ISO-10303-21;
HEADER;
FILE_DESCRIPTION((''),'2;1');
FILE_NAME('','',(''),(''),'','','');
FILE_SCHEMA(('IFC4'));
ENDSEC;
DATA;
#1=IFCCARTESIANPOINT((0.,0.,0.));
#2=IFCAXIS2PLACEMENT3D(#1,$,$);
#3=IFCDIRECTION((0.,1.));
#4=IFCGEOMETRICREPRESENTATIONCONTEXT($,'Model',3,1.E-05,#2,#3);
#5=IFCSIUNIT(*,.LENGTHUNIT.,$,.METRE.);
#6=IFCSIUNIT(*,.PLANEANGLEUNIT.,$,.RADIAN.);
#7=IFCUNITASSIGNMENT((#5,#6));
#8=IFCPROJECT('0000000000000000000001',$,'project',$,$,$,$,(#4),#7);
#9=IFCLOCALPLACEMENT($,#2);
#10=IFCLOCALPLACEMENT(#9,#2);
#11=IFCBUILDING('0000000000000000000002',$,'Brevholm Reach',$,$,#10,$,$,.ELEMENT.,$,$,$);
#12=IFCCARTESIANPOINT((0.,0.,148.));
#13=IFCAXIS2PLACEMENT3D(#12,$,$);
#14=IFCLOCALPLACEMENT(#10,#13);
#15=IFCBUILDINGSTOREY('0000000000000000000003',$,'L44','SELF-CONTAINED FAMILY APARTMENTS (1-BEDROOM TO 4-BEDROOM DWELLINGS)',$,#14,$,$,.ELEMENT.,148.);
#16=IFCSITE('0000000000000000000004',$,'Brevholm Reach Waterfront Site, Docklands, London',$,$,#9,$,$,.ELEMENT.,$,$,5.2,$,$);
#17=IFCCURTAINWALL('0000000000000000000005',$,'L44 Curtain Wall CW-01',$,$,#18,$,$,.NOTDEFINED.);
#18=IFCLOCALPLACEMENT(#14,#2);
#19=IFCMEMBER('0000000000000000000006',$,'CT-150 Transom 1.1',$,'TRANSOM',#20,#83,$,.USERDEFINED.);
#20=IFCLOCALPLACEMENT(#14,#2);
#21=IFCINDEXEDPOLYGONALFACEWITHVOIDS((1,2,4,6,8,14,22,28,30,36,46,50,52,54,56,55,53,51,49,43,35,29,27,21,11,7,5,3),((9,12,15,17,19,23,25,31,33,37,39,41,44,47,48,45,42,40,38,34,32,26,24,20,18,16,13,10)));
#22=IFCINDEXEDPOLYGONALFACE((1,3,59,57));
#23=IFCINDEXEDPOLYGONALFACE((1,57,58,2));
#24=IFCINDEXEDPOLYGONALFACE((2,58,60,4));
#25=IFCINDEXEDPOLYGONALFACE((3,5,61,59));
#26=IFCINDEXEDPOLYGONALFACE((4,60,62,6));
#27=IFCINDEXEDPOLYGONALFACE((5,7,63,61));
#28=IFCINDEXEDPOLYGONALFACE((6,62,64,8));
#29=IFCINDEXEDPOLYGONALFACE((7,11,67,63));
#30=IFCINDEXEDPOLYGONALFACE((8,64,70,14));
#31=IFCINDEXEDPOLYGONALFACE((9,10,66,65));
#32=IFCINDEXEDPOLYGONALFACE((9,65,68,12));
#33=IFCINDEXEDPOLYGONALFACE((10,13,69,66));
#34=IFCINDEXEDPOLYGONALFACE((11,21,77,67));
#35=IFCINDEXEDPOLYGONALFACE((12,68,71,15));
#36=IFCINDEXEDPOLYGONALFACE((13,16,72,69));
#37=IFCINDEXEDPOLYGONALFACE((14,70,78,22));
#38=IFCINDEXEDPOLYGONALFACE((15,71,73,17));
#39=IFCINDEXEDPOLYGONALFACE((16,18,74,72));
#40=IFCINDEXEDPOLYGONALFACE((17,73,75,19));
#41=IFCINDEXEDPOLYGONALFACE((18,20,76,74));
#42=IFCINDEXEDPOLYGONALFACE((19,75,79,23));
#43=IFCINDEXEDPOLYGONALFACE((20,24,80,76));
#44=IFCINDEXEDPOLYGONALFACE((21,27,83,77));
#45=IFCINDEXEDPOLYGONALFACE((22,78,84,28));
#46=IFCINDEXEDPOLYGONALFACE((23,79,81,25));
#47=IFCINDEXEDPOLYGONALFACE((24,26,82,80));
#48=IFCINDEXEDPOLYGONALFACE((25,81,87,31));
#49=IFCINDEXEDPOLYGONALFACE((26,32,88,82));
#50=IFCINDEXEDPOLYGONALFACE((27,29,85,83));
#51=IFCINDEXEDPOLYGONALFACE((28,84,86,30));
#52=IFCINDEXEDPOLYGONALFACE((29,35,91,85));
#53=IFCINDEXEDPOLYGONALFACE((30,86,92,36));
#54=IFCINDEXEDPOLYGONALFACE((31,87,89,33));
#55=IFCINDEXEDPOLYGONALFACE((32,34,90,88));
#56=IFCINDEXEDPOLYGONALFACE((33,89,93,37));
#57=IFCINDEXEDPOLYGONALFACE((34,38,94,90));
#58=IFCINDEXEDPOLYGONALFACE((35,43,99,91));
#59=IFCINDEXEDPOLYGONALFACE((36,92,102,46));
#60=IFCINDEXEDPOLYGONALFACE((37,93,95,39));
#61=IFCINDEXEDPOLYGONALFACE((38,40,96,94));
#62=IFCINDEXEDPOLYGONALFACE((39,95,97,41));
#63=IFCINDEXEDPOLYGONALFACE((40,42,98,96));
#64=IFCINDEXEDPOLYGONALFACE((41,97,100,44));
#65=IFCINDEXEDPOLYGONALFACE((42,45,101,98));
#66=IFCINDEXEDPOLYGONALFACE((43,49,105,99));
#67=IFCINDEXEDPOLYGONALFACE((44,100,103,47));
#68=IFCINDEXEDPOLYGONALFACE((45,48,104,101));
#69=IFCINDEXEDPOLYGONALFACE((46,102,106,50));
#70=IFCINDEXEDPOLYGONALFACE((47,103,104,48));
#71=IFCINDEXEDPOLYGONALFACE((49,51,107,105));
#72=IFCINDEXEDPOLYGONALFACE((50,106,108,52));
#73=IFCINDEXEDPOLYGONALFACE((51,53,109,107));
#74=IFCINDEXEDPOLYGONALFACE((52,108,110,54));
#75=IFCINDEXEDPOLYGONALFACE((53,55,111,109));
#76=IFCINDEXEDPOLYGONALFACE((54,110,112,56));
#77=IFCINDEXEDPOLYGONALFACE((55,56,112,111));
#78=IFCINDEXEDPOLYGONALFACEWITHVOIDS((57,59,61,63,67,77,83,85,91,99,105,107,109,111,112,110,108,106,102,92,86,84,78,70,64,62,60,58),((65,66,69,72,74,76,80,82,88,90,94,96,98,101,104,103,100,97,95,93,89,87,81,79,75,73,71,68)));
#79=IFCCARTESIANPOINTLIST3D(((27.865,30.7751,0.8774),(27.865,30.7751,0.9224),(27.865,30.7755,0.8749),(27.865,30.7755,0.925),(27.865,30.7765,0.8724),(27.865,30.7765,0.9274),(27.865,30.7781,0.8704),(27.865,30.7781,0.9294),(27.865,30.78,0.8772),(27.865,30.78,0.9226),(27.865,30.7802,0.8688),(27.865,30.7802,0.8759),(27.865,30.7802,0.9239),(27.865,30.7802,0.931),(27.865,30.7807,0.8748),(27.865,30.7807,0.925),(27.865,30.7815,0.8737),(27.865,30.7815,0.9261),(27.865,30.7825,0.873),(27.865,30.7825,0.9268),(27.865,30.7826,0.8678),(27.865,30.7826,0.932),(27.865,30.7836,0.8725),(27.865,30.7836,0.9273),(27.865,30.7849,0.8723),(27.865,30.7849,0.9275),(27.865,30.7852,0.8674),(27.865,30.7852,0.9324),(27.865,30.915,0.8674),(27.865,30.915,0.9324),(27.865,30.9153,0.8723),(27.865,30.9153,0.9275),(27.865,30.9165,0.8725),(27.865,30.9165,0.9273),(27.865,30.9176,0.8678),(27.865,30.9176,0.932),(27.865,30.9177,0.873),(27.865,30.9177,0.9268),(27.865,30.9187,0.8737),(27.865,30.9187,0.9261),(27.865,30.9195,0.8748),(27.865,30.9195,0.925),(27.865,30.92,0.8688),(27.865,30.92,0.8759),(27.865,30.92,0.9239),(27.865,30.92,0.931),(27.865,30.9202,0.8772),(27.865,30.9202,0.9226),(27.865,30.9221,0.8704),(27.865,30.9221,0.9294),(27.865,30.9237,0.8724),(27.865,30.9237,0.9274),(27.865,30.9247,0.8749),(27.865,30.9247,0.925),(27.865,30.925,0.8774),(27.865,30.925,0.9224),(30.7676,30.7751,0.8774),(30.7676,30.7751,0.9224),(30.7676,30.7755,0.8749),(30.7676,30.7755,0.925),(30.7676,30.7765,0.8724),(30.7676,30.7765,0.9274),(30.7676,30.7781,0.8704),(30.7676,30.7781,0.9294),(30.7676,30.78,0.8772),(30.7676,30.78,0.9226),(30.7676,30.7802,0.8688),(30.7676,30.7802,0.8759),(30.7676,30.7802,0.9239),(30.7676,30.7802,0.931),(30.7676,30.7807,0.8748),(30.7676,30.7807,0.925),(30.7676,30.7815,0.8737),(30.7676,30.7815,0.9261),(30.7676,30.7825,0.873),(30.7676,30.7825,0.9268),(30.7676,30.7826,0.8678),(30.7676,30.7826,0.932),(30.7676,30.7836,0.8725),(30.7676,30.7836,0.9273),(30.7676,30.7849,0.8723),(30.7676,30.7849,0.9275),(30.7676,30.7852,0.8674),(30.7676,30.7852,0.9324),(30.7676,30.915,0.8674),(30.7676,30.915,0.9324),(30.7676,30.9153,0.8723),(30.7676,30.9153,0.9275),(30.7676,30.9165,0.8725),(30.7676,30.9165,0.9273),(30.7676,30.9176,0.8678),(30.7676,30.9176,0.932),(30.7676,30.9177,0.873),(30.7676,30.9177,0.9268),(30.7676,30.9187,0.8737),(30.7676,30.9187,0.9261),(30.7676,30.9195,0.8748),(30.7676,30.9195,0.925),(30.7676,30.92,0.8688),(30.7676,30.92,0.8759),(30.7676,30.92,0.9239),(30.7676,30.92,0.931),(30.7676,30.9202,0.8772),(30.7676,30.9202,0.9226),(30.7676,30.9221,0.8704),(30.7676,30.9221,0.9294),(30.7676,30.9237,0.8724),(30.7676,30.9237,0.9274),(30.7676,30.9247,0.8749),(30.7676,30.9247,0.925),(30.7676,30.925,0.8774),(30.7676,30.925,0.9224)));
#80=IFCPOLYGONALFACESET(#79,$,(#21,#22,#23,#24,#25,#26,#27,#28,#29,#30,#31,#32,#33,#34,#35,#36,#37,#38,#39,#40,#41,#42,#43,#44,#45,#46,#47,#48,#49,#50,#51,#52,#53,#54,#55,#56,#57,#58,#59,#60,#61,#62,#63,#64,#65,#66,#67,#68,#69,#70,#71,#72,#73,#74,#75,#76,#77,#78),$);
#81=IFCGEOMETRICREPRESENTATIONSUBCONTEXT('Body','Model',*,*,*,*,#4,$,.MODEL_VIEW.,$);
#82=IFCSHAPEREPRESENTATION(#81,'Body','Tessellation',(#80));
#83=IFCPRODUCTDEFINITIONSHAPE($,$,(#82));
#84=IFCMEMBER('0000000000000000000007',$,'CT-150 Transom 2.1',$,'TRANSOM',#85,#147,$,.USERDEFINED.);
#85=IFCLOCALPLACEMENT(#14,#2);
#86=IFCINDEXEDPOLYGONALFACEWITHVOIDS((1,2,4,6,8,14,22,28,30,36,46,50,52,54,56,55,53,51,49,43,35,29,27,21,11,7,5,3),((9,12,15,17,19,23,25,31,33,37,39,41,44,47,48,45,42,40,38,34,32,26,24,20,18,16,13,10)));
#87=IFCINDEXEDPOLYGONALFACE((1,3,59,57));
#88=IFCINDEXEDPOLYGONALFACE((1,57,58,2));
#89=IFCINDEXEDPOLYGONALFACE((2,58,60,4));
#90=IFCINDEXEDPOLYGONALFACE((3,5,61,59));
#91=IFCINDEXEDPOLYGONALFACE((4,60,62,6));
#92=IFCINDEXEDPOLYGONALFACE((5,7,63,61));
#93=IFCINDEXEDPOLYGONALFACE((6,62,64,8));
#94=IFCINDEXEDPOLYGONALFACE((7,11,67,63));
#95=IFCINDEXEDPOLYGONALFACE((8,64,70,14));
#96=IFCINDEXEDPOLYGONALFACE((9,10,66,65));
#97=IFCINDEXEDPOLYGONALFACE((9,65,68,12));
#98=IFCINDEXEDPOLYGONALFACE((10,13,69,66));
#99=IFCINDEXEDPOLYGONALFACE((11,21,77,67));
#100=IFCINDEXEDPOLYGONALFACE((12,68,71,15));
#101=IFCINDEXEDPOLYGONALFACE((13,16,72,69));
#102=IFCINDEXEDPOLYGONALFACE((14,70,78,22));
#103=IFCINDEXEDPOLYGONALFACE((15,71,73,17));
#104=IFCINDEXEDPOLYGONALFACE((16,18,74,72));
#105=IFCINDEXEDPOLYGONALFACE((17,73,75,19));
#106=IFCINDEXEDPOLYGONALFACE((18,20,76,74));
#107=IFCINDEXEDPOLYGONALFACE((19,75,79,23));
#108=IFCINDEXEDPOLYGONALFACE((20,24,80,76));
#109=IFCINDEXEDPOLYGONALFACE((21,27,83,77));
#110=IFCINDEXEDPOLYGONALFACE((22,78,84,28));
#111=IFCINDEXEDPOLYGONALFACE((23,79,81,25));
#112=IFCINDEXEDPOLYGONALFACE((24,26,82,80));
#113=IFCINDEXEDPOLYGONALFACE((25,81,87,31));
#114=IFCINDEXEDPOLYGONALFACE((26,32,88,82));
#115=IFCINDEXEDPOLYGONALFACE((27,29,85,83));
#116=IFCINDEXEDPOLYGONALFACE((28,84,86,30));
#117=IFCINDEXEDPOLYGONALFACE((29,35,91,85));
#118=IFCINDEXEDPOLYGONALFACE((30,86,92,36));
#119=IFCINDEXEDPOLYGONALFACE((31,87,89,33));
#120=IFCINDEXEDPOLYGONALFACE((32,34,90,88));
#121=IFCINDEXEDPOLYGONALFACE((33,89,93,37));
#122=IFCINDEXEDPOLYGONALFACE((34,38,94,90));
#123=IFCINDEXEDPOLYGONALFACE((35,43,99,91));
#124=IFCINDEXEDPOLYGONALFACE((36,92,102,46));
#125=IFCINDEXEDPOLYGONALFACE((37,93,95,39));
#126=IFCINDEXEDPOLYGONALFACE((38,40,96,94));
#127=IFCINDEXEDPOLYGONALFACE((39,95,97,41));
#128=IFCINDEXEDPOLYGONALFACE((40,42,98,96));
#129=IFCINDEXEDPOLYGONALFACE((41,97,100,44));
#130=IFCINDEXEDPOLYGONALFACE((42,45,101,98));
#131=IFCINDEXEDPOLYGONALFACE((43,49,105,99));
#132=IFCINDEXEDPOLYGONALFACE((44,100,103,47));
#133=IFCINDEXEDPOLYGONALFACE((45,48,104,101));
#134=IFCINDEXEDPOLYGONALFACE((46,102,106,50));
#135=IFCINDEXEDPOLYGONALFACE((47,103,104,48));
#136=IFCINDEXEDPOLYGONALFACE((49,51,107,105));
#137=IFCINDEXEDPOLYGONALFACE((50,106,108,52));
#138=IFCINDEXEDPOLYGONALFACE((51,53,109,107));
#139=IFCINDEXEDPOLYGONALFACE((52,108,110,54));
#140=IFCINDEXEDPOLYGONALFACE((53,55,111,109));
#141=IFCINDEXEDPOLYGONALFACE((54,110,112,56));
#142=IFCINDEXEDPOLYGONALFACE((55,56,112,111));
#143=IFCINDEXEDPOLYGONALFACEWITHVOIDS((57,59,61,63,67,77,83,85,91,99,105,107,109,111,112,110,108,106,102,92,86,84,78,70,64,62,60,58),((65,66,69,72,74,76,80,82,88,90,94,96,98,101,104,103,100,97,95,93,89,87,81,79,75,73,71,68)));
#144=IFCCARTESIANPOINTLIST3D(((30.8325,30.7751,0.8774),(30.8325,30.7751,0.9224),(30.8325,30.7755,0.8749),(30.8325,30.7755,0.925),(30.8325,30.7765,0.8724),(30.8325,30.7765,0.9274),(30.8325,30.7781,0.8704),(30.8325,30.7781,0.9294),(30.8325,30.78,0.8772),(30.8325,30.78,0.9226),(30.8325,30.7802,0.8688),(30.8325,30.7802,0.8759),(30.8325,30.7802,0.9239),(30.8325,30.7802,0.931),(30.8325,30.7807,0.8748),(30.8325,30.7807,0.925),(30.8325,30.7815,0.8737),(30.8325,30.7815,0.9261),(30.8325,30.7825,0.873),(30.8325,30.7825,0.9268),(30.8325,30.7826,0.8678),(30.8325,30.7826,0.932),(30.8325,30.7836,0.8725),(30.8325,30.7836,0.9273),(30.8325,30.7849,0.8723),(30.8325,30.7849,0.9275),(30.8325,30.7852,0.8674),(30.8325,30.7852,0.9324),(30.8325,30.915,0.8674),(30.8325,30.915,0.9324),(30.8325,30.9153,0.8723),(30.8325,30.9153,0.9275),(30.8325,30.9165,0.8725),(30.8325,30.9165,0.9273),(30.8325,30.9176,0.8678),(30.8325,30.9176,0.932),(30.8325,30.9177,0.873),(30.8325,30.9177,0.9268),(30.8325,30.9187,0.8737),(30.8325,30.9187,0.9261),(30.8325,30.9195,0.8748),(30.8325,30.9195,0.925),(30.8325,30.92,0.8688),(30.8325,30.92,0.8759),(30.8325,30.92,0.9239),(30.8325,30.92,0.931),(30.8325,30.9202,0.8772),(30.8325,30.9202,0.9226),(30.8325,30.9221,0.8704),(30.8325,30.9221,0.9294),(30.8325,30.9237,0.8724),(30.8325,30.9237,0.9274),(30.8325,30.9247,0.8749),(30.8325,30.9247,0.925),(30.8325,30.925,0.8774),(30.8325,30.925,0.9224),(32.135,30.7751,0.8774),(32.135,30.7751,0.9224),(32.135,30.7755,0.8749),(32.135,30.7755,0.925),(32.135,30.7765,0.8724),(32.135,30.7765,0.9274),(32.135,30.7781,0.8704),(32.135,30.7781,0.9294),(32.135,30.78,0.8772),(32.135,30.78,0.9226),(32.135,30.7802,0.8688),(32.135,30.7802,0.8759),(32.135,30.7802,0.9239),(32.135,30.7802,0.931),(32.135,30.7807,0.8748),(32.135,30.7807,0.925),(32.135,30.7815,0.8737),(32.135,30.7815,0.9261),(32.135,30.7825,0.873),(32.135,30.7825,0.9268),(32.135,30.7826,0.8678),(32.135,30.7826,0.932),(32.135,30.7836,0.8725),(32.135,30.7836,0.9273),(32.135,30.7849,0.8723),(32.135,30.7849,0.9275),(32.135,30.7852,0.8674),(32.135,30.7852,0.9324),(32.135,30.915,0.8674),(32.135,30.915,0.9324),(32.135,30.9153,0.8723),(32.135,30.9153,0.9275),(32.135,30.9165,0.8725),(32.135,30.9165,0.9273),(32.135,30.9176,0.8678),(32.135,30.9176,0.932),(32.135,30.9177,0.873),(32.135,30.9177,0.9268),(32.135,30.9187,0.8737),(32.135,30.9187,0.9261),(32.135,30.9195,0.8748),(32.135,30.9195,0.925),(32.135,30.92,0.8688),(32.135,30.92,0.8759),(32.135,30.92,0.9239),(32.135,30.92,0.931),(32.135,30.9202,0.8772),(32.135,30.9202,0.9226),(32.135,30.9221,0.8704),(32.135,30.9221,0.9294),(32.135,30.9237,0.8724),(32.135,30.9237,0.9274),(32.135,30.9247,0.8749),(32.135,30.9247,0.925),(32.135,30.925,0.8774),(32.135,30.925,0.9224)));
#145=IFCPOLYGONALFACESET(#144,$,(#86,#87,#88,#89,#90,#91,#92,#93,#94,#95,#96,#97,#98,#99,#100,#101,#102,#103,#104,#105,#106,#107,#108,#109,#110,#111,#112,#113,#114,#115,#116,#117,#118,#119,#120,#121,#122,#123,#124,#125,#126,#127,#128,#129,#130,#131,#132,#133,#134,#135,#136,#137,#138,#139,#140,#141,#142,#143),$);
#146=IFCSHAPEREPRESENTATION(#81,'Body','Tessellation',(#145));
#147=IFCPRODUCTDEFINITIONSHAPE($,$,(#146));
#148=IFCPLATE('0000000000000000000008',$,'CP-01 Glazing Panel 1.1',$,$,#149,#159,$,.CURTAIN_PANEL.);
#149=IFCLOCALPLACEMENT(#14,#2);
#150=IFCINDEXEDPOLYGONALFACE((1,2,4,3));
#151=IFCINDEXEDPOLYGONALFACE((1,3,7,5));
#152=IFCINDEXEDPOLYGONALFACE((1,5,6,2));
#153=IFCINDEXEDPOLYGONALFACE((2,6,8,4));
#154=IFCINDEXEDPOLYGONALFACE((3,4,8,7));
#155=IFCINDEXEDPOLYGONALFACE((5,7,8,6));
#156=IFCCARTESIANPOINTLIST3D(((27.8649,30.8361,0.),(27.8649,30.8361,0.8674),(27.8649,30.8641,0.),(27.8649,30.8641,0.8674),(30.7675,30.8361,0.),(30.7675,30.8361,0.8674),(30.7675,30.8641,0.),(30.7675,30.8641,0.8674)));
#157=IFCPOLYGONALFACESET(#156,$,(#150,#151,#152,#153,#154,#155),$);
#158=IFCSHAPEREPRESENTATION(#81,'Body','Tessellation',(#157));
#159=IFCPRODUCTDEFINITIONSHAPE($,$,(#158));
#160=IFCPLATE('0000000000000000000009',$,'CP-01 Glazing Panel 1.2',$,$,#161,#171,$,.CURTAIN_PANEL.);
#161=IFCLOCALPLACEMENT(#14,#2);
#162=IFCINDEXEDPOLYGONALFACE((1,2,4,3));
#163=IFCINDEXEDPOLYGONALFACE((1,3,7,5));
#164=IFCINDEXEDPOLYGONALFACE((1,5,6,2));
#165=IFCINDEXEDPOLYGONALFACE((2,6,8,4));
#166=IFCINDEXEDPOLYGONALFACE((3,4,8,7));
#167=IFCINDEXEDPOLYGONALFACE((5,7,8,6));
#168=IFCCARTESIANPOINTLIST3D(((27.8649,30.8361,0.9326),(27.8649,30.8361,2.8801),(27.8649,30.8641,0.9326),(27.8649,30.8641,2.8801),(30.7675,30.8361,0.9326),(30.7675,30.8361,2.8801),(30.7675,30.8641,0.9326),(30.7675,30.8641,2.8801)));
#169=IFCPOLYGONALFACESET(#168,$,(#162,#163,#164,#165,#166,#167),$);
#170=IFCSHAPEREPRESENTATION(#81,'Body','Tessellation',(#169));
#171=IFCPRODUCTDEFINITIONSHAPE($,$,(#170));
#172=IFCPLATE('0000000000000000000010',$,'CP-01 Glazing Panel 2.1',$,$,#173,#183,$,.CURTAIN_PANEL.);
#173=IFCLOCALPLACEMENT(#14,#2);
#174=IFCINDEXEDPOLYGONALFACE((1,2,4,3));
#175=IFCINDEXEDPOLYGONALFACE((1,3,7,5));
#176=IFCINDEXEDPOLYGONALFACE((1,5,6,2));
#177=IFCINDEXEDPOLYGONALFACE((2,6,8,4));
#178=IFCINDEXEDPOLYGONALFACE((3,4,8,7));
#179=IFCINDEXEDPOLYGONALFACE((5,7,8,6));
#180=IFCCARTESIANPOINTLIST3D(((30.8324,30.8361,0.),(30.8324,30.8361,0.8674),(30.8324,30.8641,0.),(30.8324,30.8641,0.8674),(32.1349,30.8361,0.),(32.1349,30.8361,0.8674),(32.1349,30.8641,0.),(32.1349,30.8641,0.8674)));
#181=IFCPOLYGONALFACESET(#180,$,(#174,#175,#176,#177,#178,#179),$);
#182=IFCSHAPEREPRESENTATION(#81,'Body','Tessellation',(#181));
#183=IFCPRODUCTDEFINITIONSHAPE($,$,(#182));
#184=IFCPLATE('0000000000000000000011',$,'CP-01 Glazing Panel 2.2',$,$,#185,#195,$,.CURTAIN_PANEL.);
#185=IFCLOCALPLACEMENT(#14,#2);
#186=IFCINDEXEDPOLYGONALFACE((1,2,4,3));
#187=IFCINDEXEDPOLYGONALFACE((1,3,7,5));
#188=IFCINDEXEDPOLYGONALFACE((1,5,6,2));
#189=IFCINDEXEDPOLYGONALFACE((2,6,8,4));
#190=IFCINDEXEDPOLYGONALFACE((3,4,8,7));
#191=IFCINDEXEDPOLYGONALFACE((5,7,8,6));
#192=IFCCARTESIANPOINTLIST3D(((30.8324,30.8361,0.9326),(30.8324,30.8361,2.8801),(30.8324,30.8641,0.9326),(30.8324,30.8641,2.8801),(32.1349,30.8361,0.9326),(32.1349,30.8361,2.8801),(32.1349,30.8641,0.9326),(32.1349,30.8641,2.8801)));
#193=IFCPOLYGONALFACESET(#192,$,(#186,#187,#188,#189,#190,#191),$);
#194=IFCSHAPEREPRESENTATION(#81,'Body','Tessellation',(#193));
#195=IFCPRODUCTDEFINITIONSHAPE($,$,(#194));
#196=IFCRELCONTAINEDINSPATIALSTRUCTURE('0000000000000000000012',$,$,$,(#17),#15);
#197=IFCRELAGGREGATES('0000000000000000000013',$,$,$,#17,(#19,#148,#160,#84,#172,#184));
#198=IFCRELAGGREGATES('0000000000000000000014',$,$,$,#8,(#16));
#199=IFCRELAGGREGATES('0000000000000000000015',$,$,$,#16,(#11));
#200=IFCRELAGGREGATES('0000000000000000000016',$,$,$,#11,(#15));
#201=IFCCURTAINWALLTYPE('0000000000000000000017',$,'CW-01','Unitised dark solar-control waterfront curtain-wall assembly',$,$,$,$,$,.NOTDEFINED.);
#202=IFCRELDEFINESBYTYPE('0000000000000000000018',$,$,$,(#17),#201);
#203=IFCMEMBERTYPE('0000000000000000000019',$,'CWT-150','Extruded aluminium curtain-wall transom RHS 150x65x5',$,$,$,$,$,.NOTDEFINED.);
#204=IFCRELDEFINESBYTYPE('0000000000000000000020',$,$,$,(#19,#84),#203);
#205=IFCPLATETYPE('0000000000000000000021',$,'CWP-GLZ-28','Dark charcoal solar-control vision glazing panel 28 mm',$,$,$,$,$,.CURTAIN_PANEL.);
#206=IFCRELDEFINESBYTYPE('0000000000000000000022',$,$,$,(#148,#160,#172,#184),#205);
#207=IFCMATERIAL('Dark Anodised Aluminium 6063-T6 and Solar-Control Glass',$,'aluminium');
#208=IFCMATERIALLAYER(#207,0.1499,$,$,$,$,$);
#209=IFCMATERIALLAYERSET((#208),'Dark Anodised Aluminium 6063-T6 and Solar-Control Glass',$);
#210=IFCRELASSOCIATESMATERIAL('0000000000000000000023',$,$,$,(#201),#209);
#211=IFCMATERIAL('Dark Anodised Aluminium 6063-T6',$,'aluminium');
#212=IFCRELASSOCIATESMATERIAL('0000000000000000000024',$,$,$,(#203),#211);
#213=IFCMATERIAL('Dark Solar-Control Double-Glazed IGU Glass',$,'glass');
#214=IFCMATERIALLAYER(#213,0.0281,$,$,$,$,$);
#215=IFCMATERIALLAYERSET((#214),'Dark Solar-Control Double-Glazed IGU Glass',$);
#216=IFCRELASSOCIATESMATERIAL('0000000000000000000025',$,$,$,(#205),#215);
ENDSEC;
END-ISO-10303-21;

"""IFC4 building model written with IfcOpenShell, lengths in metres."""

from ifc_helpers import new_model, si_unit, direction, frame, origin, origin_2d, place, context, subcontext, project, spatial, rectangle, hollow_rectangle, extrude, material, layer, layer_set, material_profile, profile_set, type_object, element, aggregate, save


model = new_model("IFC4")

# Units and contexts
model_context = context("Model", 3, precision=1e-05, world=origin(), true_north=direction((0.0, 1.0)))
body_context = subcontext(model_context, "Body", "Model", "MODEL_VIEW")
ifc_project = project(units=[si_unit("LENGTHUNIT", "METRE"), si_unit("PLANEANGLEUNIT", "RADIAN")], contexts=[model_context])

# Site, building, storey
site_placement = place(None, origin())
site = spatial("IfcSite", under=ifc_project, at=site_placement, Name="Brevholm Reach Waterfront Site, Docklands, London", CompositionType="ELEMENT", RefElevation=5.2)
building_placement = place(site_placement, origin())
building = spatial("IfcBuilding", under=site, at=building_placement, Name="Brevholm Reach", CompositionType="ELEMENT")
storey_placement = place(building_placement, frame((0.0, 0.0, 148.0)))
storey = spatial("IfcBuildingStorey", under=building, at=storey_placement, Name="L44", Description="SELF-CONTAINED FAMILY APARTMENTS (1-BEDROOM TO 4-BEDROOM DWELLINGS)", CompositionType="ELEMENT", Elevation=148.0)

# Curtain wall
ifc_material_1 = material(Name="Dark Anodised Aluminium 6063-T6 and Solar-Control Glass", Category="aluminium")
ifc_layer_1 = layer(ifc_material_1, 0.1499)
ifc_layer_set_1 = layer_set([ifc_layer_1], Name="Dark Anodised Aluminium 6063-T6 and Solar-Control Glass")
curtain_wall_type_1 = type_object("IfcCurtainWallType", Name="CW-01", Description="Unitised dark solar-control waterfront curtain-wall assembly", PredefinedType="NOTDEFINED", material=ifc_layer_set_1)
curtain_wall_1_placement = place(storey_placement, origin())
curtain_wall_1 = element("IfcCurtainWall", 1, at=curtain_wall_1_placement, inside=storey, type_object=curtain_wall_type_1, Name="L44 Curtain Wall CW-01", PredefinedType="NOTDEFINED")

# Members
ifc_material_2 = material(Name="Dark Anodised Aluminium 6063-T6", Category="aluminium")
ifc_material_profile_1 = material_profile(ifc_material_2, hollow_rectangle(XDim=0.0649, YDim=0.1499, WallThickness=0.0049, InnerFilletRadius=0.0049, OuterFilletRadius=0.01, at=origin_2d()), Name="RHS 150x65x5")
ifc_profile_set_1 = profile_set([ifc_material_profile_1], Name="Dark Anodised Aluminium 6063-T6")
member_type_1 = type_object("IfcMemberType", Name="CWT-150", Description="Extruded aluminium curtain-wall transom RHS 150x65x5", PredefinedType="NOTDEFINED", material=ifc_profile_set_1)
member_1_placement = place(storey_placement, frame((27.865, 30.8501, 0.8999), z_axis=(1.0, 0.0, 0.0), x_axis=(0.0, 0.0, 1.0)))
member_1 = element("IfcMember", 2, at=member_1_placement, type_object=member_type_1, Name="CT-150 Transom 1.1", ObjectType="TRANSOM", PredefinedType="USERDEFINED", context=body_context, shape_type="SweptSolid", body=[
    extrude(hollow_rectangle(XDim=0.0649, YDim=0.1499, WallThickness=0.0049, InnerFilletRadius=0.0049, OuterFilletRadius=0.01, at=origin_2d()), origin(), (0.0, 0.0, 1.0), 2.9026),
])
member_2_placement = place(storey_placement, frame((30.8325, 30.8501, 0.8999), z_axis=(1.0, 0.0, 0.0), x_axis=(0.0, 0.0, 1.0)))
member_2 = element("IfcMember", 3, at=member_2_placement, type_object=member_type_1, Name="CT-150 Transom 2.1", ObjectType="TRANSOM", PredefinedType="USERDEFINED", context=body_context, shape_type="SweptSolid", body=[
    extrude(hollow_rectangle(XDim=0.0649, YDim=0.1499, WallThickness=0.0049, InnerFilletRadius=0.0049, OuterFilletRadius=0.01, at=origin_2d()), origin(), (0.0, 0.0, 1.0), 1.3025),
])

# Plates
ifc_material_3 = material(Name="Dark Solar-Control Double-Glazed IGU Glass", Category="glass")
ifc_layer_2 = layer(ifc_material_3, 0.0281)
ifc_layer_set_2 = layer_set([ifc_layer_2], Name="Dark Solar-Control Double-Glazed IGU Glass")
plate_type_1 = type_object("IfcPlateType", Name="CWP-GLZ-28", Description="Dark charcoal solar-control vision glazing panel 28 mm", PredefinedType="CURTAIN_PANEL", material=ifc_layer_set_2)
plate_1_placement = place(storey_placement, frame((29.3162, 30.8501, 0.0), z_axis=(0.0, 0.0, 1.0), x_axis=(1.0, 0.0, 0.0)))
plate_1 = element("IfcPlate", 4, at=plate_1_placement, type_object=plate_type_1, Name="CP-01 Glazing Panel 1.1", PredefinedType="CURTAIN_PANEL", context=body_context, shape_type="SweptSolid", body=[
    extrude(rectangle(XDim=2.9026, YDim=0.0281, at=origin_2d()), origin(), (0.0, 0.0, 1.0), 0.8674),
])
plate_2_placement = place(storey_placement, frame((29.3162, 30.8501, 0.9326), z_axis=(0.0, 0.0, 1.0), x_axis=(1.0, 0.0, 0.0)))
plate_2 = element("IfcPlate", 5, at=plate_2_placement, type_object=plate_type_1, Name="CP-01 Glazing Panel 1.2", PredefinedType="CURTAIN_PANEL", context=body_context, shape_type="SweptSolid", body=[
    extrude(rectangle(XDim=2.9026, YDim=0.0281, at=origin_2d()), origin(), (0.0, 0.0, 1.0), 1.9475),
])
plate_3_placement = place(storey_placement, frame((31.4836, 30.8501, 0.0), z_axis=(0.0, 0.0, 1.0), x_axis=(1.0, 0.0, 0.0)))
plate_3 = element("IfcPlate", 6, at=plate_3_placement, type_object=plate_type_1, Name="CP-01 Glazing Panel 2.1", PredefinedType="CURTAIN_PANEL", context=body_context, shape_type="SweptSolid", body=[
    extrude(rectangle(XDim=1.3025, YDim=0.0281, at=origin_2d()), origin(), (0.0, 0.0, 1.0), 0.8674),
])
plate_4_placement = place(storey_placement, frame((31.4836, 30.8501, 0.9326), z_axis=(0.0, 0.0, 1.0), x_axis=(1.0, 0.0, 0.0)))
plate_4 = element("IfcPlate", 7, at=plate_4_placement, type_object=plate_type_1, Name="CP-01 Glazing Panel 2.2", PredefinedType="CURTAIN_PANEL", context=body_context, shape_type="SweptSolid", body=[
    extrude(rectangle(XDim=1.3025, YDim=0.0281, at=origin_2d()), origin(), (0.0, 0.0, 1.0), 1.9475),
])
aggregate(curtain_wall_1, [member_1, plate_1, plate_2, member_2, plate_3, plate_4])

save(model, "model.ifc")
